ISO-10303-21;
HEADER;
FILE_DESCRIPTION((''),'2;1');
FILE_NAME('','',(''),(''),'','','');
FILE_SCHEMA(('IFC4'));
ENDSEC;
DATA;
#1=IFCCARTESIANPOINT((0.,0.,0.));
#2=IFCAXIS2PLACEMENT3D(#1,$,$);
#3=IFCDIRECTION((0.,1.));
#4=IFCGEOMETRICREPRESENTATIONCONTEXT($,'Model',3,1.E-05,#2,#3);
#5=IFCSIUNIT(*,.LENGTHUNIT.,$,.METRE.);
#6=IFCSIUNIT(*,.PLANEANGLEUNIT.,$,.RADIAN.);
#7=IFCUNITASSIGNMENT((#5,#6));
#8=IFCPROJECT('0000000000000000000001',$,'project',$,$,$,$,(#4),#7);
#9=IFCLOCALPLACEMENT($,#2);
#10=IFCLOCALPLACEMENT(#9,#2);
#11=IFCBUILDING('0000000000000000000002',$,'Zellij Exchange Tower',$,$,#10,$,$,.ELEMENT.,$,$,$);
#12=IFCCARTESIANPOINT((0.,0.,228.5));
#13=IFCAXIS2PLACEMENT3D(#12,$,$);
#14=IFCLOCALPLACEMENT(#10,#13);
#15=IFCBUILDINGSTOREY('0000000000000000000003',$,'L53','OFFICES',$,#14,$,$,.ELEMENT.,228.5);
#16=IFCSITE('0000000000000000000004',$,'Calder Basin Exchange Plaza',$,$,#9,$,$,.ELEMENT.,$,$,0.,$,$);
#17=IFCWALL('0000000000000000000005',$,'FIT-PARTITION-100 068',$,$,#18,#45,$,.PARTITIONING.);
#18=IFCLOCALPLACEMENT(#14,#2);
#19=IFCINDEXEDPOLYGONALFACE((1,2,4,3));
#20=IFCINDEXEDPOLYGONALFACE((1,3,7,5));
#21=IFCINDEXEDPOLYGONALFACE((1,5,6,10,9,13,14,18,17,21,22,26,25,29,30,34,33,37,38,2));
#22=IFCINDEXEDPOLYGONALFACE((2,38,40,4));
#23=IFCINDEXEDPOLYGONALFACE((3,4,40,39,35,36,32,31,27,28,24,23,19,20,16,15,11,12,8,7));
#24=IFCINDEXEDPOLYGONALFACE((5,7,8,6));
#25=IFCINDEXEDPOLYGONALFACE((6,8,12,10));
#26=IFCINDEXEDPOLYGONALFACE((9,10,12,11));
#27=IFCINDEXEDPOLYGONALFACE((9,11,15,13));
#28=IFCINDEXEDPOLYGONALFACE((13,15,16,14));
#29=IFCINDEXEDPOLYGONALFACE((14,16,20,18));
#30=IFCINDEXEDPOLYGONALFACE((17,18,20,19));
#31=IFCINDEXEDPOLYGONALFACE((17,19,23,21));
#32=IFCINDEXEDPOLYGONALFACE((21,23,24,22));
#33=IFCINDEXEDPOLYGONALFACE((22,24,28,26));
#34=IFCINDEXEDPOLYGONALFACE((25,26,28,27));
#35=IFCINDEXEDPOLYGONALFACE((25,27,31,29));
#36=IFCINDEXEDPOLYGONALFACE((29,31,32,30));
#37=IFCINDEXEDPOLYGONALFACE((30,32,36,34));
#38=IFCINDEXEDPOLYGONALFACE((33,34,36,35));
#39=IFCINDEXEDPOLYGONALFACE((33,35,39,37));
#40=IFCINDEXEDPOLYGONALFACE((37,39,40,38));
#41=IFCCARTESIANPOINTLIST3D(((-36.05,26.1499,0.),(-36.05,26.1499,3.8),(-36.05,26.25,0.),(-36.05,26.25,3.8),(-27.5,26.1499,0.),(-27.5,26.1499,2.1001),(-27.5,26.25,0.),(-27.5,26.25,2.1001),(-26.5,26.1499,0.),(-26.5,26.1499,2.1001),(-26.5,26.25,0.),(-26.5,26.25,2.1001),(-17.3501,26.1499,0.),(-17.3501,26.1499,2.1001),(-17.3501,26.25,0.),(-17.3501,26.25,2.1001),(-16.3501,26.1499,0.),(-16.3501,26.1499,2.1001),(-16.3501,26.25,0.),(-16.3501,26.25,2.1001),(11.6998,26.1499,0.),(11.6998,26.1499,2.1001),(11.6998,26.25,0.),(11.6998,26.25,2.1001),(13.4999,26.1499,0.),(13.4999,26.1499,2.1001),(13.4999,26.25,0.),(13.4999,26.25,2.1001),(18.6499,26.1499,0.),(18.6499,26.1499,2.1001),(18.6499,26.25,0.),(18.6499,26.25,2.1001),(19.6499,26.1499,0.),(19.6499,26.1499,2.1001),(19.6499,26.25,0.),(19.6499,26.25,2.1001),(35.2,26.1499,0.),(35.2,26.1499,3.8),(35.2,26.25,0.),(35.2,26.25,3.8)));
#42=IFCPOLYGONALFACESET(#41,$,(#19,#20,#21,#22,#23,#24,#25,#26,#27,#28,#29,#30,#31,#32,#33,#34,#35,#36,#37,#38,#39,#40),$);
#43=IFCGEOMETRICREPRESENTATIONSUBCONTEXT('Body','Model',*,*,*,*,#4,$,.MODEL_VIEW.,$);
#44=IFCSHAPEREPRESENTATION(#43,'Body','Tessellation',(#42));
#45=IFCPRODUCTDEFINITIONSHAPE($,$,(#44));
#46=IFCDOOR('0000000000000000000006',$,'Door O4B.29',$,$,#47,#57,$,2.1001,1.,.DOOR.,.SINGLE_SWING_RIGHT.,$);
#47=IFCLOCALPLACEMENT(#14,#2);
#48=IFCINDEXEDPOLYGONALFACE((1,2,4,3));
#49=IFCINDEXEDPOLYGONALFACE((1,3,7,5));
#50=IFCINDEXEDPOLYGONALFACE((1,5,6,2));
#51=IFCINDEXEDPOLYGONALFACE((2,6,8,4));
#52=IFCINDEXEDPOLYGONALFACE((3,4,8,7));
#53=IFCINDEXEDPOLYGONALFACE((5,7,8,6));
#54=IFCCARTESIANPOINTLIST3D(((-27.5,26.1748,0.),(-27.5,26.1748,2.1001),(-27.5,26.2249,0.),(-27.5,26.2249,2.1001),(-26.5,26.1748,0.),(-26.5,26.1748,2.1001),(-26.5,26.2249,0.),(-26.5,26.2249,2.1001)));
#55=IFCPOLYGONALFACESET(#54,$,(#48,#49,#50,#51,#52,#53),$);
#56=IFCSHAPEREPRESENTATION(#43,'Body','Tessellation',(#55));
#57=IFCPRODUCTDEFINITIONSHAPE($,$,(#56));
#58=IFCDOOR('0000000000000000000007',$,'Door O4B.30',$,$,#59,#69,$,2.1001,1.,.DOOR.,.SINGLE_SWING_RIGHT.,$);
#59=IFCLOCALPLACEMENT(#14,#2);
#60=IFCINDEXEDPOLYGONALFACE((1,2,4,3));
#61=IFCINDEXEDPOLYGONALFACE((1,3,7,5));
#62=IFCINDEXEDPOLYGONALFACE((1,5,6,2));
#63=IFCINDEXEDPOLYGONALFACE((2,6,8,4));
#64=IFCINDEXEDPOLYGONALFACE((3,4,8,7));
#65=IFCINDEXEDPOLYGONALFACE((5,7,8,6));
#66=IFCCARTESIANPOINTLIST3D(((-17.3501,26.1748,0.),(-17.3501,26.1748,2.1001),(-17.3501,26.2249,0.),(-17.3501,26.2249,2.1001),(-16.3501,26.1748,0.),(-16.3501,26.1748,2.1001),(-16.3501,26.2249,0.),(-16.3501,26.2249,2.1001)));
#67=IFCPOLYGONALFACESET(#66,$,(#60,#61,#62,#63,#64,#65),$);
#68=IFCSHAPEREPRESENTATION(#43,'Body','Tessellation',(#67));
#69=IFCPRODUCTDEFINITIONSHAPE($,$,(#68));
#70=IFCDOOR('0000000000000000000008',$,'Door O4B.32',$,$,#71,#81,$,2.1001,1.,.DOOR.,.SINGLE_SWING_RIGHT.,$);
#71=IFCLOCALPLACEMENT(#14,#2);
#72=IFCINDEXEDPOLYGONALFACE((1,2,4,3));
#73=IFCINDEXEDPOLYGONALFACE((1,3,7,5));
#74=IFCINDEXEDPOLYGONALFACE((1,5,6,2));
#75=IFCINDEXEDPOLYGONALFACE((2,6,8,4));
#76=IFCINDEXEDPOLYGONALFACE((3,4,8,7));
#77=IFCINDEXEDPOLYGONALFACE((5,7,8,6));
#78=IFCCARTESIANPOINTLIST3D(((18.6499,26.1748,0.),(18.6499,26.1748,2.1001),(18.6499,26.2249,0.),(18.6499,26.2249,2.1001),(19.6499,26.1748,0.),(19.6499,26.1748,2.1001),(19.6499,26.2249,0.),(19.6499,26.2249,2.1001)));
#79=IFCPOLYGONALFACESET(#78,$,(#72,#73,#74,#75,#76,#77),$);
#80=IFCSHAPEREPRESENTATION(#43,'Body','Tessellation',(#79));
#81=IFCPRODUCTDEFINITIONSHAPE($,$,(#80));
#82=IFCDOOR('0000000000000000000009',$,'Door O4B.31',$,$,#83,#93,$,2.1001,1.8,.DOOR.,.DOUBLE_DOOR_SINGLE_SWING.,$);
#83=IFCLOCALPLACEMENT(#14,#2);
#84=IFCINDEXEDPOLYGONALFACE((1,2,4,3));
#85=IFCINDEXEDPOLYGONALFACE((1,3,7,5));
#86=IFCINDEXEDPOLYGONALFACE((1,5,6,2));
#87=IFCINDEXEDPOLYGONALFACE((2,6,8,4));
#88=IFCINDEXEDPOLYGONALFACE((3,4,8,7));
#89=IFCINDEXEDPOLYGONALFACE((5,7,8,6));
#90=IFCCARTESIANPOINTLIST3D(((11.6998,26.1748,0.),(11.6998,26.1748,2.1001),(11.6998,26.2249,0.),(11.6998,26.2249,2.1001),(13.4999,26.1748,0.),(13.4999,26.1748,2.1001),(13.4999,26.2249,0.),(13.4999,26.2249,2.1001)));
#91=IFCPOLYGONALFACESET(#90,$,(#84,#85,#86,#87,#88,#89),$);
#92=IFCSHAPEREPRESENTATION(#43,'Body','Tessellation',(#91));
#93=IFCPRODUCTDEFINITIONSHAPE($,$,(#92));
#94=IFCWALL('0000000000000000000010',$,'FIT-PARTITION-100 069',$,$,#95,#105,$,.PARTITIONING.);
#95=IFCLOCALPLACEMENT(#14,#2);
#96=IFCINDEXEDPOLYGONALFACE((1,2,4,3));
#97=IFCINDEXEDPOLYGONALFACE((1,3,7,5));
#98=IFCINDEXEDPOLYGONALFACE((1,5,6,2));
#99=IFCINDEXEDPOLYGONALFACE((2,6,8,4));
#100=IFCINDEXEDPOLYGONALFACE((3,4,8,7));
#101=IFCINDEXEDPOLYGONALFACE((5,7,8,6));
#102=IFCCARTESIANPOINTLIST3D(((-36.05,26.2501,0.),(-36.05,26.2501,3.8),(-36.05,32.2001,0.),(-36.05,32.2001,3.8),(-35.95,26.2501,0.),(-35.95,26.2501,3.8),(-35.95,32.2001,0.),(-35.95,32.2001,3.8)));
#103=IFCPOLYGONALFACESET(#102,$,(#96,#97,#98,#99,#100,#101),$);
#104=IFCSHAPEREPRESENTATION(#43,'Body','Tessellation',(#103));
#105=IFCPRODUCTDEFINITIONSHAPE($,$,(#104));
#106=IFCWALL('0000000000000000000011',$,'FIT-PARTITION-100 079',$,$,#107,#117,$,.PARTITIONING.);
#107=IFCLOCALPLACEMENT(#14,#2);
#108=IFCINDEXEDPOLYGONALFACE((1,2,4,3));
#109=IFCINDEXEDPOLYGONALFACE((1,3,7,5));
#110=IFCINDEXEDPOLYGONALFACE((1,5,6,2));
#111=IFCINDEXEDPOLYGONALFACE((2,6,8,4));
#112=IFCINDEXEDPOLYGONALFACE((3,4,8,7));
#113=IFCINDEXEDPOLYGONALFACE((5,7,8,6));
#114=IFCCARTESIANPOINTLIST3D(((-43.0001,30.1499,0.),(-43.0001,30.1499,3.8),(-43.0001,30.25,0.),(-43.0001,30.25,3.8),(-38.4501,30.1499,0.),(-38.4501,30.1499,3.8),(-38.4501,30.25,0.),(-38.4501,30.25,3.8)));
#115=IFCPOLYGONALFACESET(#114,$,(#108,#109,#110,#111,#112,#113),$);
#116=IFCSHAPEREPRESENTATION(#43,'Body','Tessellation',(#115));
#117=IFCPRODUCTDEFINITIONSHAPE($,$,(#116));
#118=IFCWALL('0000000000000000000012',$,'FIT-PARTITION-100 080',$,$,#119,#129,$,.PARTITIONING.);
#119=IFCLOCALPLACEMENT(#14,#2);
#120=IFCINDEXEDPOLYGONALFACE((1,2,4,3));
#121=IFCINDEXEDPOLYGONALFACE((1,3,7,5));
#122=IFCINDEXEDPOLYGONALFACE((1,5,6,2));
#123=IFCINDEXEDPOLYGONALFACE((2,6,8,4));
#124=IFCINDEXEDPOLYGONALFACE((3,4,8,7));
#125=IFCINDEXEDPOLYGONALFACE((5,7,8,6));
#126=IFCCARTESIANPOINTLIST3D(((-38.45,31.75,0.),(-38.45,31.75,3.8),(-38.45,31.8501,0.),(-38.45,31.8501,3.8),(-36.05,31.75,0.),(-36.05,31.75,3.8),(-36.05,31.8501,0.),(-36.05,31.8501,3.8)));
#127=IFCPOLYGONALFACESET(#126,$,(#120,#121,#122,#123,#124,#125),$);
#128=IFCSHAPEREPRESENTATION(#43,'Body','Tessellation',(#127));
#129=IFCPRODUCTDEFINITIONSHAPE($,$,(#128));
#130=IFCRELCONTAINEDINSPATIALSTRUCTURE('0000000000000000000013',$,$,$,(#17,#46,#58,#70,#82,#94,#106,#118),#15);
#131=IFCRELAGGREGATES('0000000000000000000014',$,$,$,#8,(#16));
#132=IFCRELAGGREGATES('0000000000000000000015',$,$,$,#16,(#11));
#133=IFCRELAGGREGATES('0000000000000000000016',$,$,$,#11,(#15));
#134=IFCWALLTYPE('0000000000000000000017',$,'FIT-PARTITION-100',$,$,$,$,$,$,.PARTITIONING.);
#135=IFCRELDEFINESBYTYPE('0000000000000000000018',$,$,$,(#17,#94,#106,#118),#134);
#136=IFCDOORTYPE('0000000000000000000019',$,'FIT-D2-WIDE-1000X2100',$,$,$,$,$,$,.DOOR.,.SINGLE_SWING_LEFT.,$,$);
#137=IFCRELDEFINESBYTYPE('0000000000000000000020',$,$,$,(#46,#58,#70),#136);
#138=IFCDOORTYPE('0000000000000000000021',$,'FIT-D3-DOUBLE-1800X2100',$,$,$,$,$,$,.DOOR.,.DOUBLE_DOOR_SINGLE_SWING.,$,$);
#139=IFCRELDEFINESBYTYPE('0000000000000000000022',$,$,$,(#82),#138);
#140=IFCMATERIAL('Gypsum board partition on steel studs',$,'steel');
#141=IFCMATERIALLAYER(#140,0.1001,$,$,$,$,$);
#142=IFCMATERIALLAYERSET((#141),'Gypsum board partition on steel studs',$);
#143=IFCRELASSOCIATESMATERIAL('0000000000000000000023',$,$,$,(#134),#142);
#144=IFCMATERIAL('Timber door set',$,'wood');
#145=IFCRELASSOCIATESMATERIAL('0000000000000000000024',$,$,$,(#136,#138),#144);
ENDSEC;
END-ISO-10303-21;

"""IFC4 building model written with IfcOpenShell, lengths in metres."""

from ifc_helpers import new_model, si_unit, direction, frame, frame_2d, origin, place, context, subcontext, project, spatial, rectangle, extrude, material, layer, layer_set, type_object, element, fill, save


model = new_model("IFC4")

# Units and contexts
model_context = context("Model", 3, precision=1e-05, world=origin(), true_north=direction((0.0, 1.0)))
body_context = subcontext(model_context, "Body", "Model", "MODEL_VIEW")
ifc_project = project(units=[si_unit("LENGTHUNIT", "METRE"), si_unit("PLANEANGLEUNIT", "RADIAN")], contexts=[model_context])

# Site, building, storey
site_placement = place(None, origin())
site = spatial("IfcSite", under=ifc_project, at=site_placement, Name="Calder Basin Exchange Plaza", CompositionType="ELEMENT", RefElevation=0.0)
building_placement = place(site_placement, origin())
building = spatial("IfcBuilding", under=site, at=building_placement, Name="Zellij Exchange Tower", CompositionType="ELEMENT")
storey_placement = place(building_placement, frame((0.0, 0.0, 228.5)))
storey = spatial("IfcBuildingStorey", under=building, at=storey_placement, Name="L53", Description="OFFICES", CompositionType="ELEMENT", Elevation=228.5)

# Shared definitions
ifc_material_1 = material(Name="Gypsum board partition on steel studs", Category="steel")
ifc_layer_1 = layer(ifc_material_1, 0.1001)
ifc_layer_set_1 = layer_set([ifc_layer_1], Name="Gypsum board partition on steel studs")
wall_type_1 = type_object("IfcWallType", Name="FIT-PARTITION-100", PredefinedType="PARTITIONING", material=ifc_layer_set_1)

# Shared definitions
ifc_material_2 = material(Name="Timber door set", Category="wood")
door_type_1 = type_object("IfcDoorType", Name="FIT-D2-WIDE-1000X2100", OperationType="SINGLE_SWING_LEFT", PredefinedType="DOOR", material=ifc_material_2)

# Wall, openings, doors
wall_1_placement = place(storey_placement, frame((-36.05, 26.2, 0.0), z_axis=(0.0, 0.0, 1.0), x_axis=(1.0, 0.0, 0.0)))
wall_1 = element("IfcWall", 1, at=wall_1_placement, inside=storey, type_object=wall_type_1, Name="FIT-PARTITION-100 068", PredefinedType="PARTITIONING", context=body_context, shape_type="SweptSolid", body=[
    extrude(rectangle(XDim=71.25, YDim=0.1001, at=frame_2d((35.625, 0.0))), origin(), (0.0, 0.0, 1.0), 3.8),
])
opening_1_placement = place(wall_1_placement, frame((8.55, 0.0, 0.0)))
opening_1 = element("IfcOpeningElement", 2, at=opening_1_placement, cuts=wall_1, PredefinedType="OPENING", context=body_context, shape_type="SweptSolid", body=[
    extrude(rectangle(XDim=1.0, YDim=2.1001, at=frame_2d((0.5, 1.05))), frame((0.0, 0.062, 0.0), z_axis=(0.0, -1.0, 0.0), x_axis=(1.0, 0.0, 0.0)), (0.0, 0.0, 1.0), 0.124),
])
opening_2_placement = place(wall_1_placement, frame((18.7, 0.0, 0.0)))
opening_2 = element("IfcOpeningElement", 3, at=opening_2_placement, cuts=wall_1, PredefinedType="OPENING", context=body_context, shape_type="SweptSolid", body=[
    extrude(rectangle(XDim=1.0, YDim=2.1001, at=frame_2d((0.5, 1.05))), frame((0.0, 0.062, 0.0), z_axis=(0.0, -1.0, 0.0), x_axis=(1.0, 0.0, 0.0)), (0.0, 0.0, 1.0), 0.124),
])
opening_3_placement = place(wall_1_placement, frame((47.75, 0.0, 0.0)))
opening_3 = element("IfcOpeningElement", 4, at=opening_3_placement, cuts=wall_1, PredefinedType="OPENING", context=body_context, shape_type="SweptSolid", body=[
    extrude(rectangle(XDim=1.8, YDim=2.1001, at=frame_2d((0.8999, 1.05))), frame((0.0, 0.062, 0.0), z_axis=(0.0, -1.0, 0.0), x_axis=(1.0, 0.0, 0.0)), (0.0, 0.0, 1.0), 0.124),
])
opening_4_placement = place(wall_1_placement, frame((54.7, 0.0, 0.0)))
opening_4 = element("IfcOpeningElement", 5, at=opening_4_placement, cuts=wall_1, PredefinedType="OPENING", context=body_context, shape_type="SweptSolid", body=[
    extrude(rectangle(XDim=1.0, YDim=2.1001, at=frame_2d((0.5, 1.05))), frame((0.0, 0.062, 0.0), z_axis=(0.0, -1.0, 0.0), x_axis=(1.0, 0.0, 0.0)), (0.0, 0.0, 1.0), 0.124),
])
door_1_placement = place(opening_1_placement, origin())
door_1 = element("IfcDoor", 6, at=door_1_placement, inside=storey, type_object=door_type_1, Name="Door O4B.29", OperationType="SINGLE_SWING_RIGHT", OverallHeight=2.1001, OverallWidth=1.0, PredefinedType="DOOR", context=body_context, shape_type="SweptSolid", body=[
    extrude(rectangle(XDim=1.0, YDim=2.1001, at=frame_2d((0.5, 1.05))), frame((0.0, 0.0249, 0.0), z_axis=(0.0, -1.0, 0.0), x_axis=(1.0, 0.0, 0.0)), (0.0, 0.0, 1.0), 0.05),
])
fill(opening_1, door_1)
door_2_placement = place(opening_2_placement, origin())
door_2 = element("IfcDoor", 7, at=door_2_placement, inside=storey, type_object=door_type_1, Name="Door O4B.30", OperationType="SINGLE_SWING_RIGHT", OverallHeight=2.1001, OverallWidth=1.0, PredefinedType="DOOR", context=body_context, shape_type="SweptSolid", body=[
    extrude(rectangle(XDim=1.0, YDim=2.1001, at=frame_2d((0.5, 1.05))), frame((0.0, 0.0249, 0.0), z_axis=(0.0, -1.0, 0.0), x_axis=(1.0, 0.0, 0.0)), (0.0, 0.0, 1.0), 0.05),
])
fill(opening_2, door_2)
door_3_placement = place(opening_4_placement, origin())
door_3 = element("IfcDoor", 8, at=door_3_placement, inside=storey, type_object=door_type_1, Name="Door O4B.32", OperationType="SINGLE_SWING_RIGHT", OverallHeight=2.1001, OverallWidth=1.0, PredefinedType="DOOR", context=body_context, shape_type="SweptSolid", body=[
    extrude(rectangle(XDim=1.0, YDim=2.1001, at=frame_2d((0.5, 1.05))), frame((0.0, 0.0249, 0.0), z_axis=(0.0, -1.0, 0.0), x_axis=(1.0, 0.0, 0.0)), (0.0, 0.0, 1.0), 0.05),
])
fill(opening_4, door_3)
door_type_2 = type_object("IfcDoorType", Name="FIT-D3-DOUBLE-1800X2100", OperationType="DOUBLE_DOOR_SINGLE_SWING", PredefinedType="DOOR", material=ifc_material_2)
door_4_placement = place(opening_3_placement, origin())
door_4 = element("IfcDoor", 9, at=door_4_placement, inside=storey, type_object=door_type_2, Name="Door O4B.31", OperationType="DOUBLE_DOOR_SINGLE_SWING", OverallHeight=2.1001, OverallWidth=1.8, PredefinedType="DOOR", context=body_context, shape_type="SweptSolid", body=[
    extrude(rectangle(XDim=1.8, YDim=2.1001, at=frame_2d((0.8999, 1.05))), frame((0.0, 0.0249, 0.0), z_axis=(0.0, -1.0, 0.0), x_axis=(1.0, 0.0, 0.0)), (0.0, 0.0, 1.0), 0.05),
])
fill(opening_3, door_4)

# Walls
wall_2_placement = place(storey_placement, frame((-36.0, 26.25, 0.0), z_axis=(0.0, 0.0, 1.0), x_axis=(0.0, 1.0, 0.0)))
element("IfcWall", 10, at=wall_2_placement, inside=storey, type_object=wall_type_1, Name="FIT-PARTITION-100 069", PredefinedType="PARTITIONING", context=body_context, shape_type="SweptSolid", body=[
    extrude(rectangle(XDim=5.95, YDim=0.1001, at=frame_2d((2.9751, 0.0))), origin(), (0.0, 0.0, 1.0), 3.8),
])
wall_3_placement = place(storey_placement, frame((-43.0, 30.2, 0.0), z_axis=(0.0, 0.0, 1.0), x_axis=(1.0, 0.0, 0.0)))
element("IfcWall", 11, at=wall_3_placement, inside=storey, type_object=wall_type_1, Name="FIT-PARTITION-100 079", PredefinedType="PARTITIONING", context=body_context, shape_type="SweptSolid", body=[
    extrude(rectangle(XDim=4.55, YDim=0.1001, at=frame_2d((2.2749, 0.0))), origin(), (0.0, 0.0, 1.0), 3.8),
])
wall_4_placement = place(storey_placement, frame((-38.45, 31.8, 0.0), z_axis=(0.0, 0.0, 1.0), x_axis=(1.0, 0.0, 0.0)))
element("IfcWall", 12, at=wall_4_placement, inside=storey, type_object=wall_type_1, Name="FIT-PARTITION-100 080", PredefinedType="PARTITIONING", context=body_context, shape_type="SweptSolid", body=[
    extrude(rectangle(XDim=2.3999, YDim=0.1001, at=frame_2d((1.2, 0.0))), origin(), (0.0, 0.0, 1.0), 3.8),
])

save(model, "model.ifc")
